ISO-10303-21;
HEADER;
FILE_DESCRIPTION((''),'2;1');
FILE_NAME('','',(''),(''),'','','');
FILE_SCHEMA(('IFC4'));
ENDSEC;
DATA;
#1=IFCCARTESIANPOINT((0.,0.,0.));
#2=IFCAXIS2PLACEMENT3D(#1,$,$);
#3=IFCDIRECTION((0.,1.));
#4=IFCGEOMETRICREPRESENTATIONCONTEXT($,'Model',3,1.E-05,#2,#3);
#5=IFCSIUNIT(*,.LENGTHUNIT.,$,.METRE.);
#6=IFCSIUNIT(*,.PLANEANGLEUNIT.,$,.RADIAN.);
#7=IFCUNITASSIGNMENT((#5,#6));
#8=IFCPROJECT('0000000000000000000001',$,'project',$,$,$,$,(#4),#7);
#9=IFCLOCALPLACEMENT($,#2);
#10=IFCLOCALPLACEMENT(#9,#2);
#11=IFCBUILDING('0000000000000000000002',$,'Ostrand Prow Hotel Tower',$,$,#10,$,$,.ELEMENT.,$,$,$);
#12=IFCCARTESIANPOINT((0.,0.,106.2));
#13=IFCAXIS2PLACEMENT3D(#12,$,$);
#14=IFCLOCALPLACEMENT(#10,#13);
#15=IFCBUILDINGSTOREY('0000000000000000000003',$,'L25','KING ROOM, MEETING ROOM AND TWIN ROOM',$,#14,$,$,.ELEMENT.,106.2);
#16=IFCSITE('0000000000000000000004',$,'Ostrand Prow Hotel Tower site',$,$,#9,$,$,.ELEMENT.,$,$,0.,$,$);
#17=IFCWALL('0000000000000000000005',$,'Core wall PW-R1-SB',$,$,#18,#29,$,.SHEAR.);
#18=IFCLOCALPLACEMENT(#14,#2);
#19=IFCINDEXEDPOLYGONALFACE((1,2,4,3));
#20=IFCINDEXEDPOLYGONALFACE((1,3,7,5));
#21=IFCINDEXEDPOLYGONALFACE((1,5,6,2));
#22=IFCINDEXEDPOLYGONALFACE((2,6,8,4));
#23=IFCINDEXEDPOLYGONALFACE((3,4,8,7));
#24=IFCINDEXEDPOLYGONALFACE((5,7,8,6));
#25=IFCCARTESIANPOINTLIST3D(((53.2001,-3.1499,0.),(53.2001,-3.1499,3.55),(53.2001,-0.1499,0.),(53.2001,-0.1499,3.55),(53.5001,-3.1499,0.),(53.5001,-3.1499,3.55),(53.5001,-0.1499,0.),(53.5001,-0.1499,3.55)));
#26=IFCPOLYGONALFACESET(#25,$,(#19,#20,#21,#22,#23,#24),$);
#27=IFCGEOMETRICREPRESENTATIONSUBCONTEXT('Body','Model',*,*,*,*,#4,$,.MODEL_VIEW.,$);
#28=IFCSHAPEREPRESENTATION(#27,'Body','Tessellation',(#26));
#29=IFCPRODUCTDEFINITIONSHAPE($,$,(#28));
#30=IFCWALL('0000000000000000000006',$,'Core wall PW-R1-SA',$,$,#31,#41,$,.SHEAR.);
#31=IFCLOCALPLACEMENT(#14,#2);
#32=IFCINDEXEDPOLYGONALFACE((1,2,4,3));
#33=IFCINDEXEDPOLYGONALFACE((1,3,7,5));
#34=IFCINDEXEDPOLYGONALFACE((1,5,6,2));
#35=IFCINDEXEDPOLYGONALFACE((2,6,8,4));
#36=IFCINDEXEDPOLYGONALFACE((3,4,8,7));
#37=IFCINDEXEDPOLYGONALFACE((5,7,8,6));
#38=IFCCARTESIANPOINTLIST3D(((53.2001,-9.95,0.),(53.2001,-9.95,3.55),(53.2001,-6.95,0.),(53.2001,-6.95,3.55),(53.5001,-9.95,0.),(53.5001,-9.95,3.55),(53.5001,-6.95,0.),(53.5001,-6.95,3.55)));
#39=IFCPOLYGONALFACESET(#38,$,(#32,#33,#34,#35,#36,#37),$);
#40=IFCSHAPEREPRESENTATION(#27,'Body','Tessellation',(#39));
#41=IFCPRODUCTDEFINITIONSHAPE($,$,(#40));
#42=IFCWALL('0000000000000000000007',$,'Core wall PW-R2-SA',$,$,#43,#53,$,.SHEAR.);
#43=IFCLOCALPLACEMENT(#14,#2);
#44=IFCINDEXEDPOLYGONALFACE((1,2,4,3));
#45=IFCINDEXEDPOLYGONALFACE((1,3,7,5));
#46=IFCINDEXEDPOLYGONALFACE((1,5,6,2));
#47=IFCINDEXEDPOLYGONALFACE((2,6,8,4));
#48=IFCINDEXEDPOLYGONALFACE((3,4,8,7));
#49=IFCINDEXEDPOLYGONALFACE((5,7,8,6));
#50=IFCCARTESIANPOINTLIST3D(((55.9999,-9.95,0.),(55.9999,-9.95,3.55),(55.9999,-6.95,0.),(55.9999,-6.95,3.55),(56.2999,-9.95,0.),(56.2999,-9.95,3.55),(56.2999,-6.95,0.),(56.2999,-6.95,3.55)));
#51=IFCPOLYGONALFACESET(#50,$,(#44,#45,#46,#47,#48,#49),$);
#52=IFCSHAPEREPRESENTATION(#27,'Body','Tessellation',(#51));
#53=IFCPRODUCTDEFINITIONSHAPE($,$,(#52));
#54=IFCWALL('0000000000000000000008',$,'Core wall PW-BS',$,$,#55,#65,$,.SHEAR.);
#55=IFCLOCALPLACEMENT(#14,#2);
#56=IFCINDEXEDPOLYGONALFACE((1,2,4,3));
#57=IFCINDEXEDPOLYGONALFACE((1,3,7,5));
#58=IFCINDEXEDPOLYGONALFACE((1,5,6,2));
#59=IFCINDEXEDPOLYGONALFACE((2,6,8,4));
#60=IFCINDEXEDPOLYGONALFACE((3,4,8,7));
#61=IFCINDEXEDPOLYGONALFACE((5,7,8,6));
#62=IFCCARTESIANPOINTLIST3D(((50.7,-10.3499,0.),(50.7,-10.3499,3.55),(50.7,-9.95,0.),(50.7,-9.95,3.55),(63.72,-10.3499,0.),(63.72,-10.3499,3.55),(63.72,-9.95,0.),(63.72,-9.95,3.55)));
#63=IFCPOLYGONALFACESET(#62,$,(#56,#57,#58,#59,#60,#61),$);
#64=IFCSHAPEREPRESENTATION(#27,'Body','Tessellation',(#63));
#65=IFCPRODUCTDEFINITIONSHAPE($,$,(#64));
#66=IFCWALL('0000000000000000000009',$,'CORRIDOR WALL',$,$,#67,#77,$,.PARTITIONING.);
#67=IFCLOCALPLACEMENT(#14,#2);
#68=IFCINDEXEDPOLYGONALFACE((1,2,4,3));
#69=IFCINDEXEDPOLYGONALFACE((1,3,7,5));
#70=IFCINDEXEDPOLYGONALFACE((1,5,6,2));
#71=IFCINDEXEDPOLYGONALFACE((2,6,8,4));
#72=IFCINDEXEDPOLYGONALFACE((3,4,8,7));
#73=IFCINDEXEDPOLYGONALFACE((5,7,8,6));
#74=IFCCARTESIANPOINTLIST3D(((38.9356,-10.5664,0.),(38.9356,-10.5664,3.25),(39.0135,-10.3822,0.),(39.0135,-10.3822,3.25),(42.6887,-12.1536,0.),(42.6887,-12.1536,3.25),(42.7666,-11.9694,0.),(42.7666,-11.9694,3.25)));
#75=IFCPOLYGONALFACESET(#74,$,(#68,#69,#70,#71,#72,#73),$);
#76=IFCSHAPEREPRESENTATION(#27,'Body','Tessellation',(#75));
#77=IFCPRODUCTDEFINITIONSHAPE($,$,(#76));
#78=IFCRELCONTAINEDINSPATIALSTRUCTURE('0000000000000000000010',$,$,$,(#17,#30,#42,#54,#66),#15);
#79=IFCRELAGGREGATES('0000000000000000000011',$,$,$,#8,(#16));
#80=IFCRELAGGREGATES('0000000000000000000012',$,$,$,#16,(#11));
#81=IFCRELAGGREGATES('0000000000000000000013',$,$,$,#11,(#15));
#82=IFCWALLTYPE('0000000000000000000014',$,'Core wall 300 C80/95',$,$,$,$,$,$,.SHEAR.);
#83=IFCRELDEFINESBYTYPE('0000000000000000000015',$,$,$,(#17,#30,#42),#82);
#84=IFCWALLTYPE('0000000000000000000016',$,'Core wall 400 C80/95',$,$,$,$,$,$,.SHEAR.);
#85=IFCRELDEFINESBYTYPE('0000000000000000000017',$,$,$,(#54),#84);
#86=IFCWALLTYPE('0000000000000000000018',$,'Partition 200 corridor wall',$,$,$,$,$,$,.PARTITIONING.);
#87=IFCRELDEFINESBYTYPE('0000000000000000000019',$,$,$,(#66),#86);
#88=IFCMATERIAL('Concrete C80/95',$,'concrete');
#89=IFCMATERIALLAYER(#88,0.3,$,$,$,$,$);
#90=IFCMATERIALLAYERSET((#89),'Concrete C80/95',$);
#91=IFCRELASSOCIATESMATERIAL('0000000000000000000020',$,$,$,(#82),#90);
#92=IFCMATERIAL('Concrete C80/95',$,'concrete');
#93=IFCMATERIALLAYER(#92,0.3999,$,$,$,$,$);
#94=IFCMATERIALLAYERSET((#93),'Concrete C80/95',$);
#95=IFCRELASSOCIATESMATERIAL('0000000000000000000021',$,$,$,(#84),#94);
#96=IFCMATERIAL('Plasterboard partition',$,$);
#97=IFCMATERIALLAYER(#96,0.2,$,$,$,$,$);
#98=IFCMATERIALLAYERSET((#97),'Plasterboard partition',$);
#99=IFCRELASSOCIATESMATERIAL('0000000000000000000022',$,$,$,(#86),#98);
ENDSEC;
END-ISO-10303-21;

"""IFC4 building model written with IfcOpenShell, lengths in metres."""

from ifc_helpers import new_model, si_unit, direction, frame, frame_2d, origin, place, context, subcontext, project, spatial, rectangle, extrude, material, layer, layer_set, type_object, element, save


model = new_model("IFC4")

# Units and contexts
model_context = context("Model", 3, precision=1e-05, world=origin(), true_north=direction((0.0, 1.0)))
body_context = subcontext(model_context, "Body", "Model", "MODEL_VIEW")
ifc_project = project(units=[si_unit("LENGTHUNIT", "METRE"), si_unit("PLANEANGLEUNIT", "RADIAN")], contexts=[model_context])

# Site, building, storey
site_placement = place(None, origin())
site = spatial("IfcSite", under=ifc_project, at=site_placement, Name="Ostrand Prow Hotel Tower site", CompositionType="ELEMENT", RefElevation=0.0)
building_placement = place(site_placement, origin())
building = spatial("IfcBuilding", under=site, at=building_placement, Name="Ostrand Prow Hotel Tower", CompositionType="ELEMENT")
storey_placement = place(building_placement, frame((0.0, 0.0, 106.2)))
storey = spatial("IfcBuildingStorey", under=building, at=storey_placement, Name="L25", Description="KING ROOM, MEETING ROOM AND TWIN ROOM", CompositionType="ELEMENT", Elevation=106.2)

# Shared definitions
ifc_material_1 = material(Name="Concrete C80/95", Category="concrete")
ifc_layer_1 = layer(ifc_material_1, 0.3)
ifc_layer_set_1 = layer_set([ifc_layer_1], Name="Concrete C80/95")
wall_type_1 = type_object("IfcWallType", Name="Core wall 300 C80/95", PredefinedType="SHEAR", material=ifc_layer_set_1)

# Walls
for number, where, z_axis, x_axis, name in (
    (1, (53.3501, -3.1499, 0.0), (0.0, 0.0, 1.0), (0.0, 1.0, 0.0), "Core wall PW-R1-SB"),
    (2, (53.3501, -9.95, 0.0), (0.0, 0.0, 1.0), (0.0, 1.0, 0.0), "Core wall PW-R1-SA"),
    (3, (56.1499, -9.95, 0.0), (0.0, 0.0, 1.0), (0.0, 1.0, 0.0), "Core wall PW-R2-SA"),
):
    element("IfcWall", number, at=place(storey_placement, frame(where, z_axis=z_axis, x_axis=x_axis)), inside=storey, type_object=wall_type_1, Name=name, PredefinedType="SHEAR", context=body_context, shape_type="SweptSolid", body=[
        extrude(rectangle(XDim=3.0, YDim=0.3, at=frame_2d((1.5, 0.0))), origin(), (0.0, 0.0, 1.0), 3.55),
    ])
ifc_material_2 = material(Name="Concrete C80/95", Category="concrete")
ifc_layer_2 = layer(ifc_material_2, 0.3999)
ifc_layer_set_2 = layer_set([ifc_layer_2], Name="Concrete C80/95")
wall_type_2 = type_object("IfcWallType", Name="Core wall 400 C80/95", PredefinedType="SHEAR", material=ifc_layer_set_2)
wall_1_placement = place(storey_placement, frame((50.7, -10.1499, 0.0), z_axis=(0.0, 0.0, 1.0), x_axis=(1.0, 0.0, 0.0)))
element("IfcWall", 4, at=wall_1_placement, inside=storey, type_object=wall_type_2, Name="Core wall PW-BS", PredefinedType="SHEAR", context=body_context, shape_type="SweptSolid", body=[
    extrude(rectangle(XDim=13.02, YDim=0.3999, at=frame_2d((6.51, 0.0))), origin(), (0.0, 0.0, 1.0), 3.55),
])
ifc_material_3 = material(Name="Plasterboard partition")
ifc_layer_3 = layer(ifc_material_3, 0.2)
ifc_layer_set_3 = layer_set([ifc_layer_3], Name="Plasterboard partition")
wall_type_3 = type_object("IfcWallType", Name="Partition 200 corridor wall", PredefinedType="PARTITIONING", material=ifc_layer_set_3)
wall_2_placement = place(storey_placement, frame((42.7278, -12.0615, 0.0), z_axis=(0.0, 0.0, 1.0), x_axis=(-0.921031, 0.389489, 0.0)))
element("IfcWall", 5, at=wall_2_placement, inside=storey, type_object=wall_type_3, Name="CORRIDOR WALL", PredefinedType="PARTITIONING", context=body_context, shape_type="SweptSolid", body=[
    extrude(rectangle(XDim=4.075, YDim=0.2, at=frame_2d((2.0376, 0.0))), origin(), (0.0, 0.0, 1.0), 3.25),
])

save(model, "model.ifc")
